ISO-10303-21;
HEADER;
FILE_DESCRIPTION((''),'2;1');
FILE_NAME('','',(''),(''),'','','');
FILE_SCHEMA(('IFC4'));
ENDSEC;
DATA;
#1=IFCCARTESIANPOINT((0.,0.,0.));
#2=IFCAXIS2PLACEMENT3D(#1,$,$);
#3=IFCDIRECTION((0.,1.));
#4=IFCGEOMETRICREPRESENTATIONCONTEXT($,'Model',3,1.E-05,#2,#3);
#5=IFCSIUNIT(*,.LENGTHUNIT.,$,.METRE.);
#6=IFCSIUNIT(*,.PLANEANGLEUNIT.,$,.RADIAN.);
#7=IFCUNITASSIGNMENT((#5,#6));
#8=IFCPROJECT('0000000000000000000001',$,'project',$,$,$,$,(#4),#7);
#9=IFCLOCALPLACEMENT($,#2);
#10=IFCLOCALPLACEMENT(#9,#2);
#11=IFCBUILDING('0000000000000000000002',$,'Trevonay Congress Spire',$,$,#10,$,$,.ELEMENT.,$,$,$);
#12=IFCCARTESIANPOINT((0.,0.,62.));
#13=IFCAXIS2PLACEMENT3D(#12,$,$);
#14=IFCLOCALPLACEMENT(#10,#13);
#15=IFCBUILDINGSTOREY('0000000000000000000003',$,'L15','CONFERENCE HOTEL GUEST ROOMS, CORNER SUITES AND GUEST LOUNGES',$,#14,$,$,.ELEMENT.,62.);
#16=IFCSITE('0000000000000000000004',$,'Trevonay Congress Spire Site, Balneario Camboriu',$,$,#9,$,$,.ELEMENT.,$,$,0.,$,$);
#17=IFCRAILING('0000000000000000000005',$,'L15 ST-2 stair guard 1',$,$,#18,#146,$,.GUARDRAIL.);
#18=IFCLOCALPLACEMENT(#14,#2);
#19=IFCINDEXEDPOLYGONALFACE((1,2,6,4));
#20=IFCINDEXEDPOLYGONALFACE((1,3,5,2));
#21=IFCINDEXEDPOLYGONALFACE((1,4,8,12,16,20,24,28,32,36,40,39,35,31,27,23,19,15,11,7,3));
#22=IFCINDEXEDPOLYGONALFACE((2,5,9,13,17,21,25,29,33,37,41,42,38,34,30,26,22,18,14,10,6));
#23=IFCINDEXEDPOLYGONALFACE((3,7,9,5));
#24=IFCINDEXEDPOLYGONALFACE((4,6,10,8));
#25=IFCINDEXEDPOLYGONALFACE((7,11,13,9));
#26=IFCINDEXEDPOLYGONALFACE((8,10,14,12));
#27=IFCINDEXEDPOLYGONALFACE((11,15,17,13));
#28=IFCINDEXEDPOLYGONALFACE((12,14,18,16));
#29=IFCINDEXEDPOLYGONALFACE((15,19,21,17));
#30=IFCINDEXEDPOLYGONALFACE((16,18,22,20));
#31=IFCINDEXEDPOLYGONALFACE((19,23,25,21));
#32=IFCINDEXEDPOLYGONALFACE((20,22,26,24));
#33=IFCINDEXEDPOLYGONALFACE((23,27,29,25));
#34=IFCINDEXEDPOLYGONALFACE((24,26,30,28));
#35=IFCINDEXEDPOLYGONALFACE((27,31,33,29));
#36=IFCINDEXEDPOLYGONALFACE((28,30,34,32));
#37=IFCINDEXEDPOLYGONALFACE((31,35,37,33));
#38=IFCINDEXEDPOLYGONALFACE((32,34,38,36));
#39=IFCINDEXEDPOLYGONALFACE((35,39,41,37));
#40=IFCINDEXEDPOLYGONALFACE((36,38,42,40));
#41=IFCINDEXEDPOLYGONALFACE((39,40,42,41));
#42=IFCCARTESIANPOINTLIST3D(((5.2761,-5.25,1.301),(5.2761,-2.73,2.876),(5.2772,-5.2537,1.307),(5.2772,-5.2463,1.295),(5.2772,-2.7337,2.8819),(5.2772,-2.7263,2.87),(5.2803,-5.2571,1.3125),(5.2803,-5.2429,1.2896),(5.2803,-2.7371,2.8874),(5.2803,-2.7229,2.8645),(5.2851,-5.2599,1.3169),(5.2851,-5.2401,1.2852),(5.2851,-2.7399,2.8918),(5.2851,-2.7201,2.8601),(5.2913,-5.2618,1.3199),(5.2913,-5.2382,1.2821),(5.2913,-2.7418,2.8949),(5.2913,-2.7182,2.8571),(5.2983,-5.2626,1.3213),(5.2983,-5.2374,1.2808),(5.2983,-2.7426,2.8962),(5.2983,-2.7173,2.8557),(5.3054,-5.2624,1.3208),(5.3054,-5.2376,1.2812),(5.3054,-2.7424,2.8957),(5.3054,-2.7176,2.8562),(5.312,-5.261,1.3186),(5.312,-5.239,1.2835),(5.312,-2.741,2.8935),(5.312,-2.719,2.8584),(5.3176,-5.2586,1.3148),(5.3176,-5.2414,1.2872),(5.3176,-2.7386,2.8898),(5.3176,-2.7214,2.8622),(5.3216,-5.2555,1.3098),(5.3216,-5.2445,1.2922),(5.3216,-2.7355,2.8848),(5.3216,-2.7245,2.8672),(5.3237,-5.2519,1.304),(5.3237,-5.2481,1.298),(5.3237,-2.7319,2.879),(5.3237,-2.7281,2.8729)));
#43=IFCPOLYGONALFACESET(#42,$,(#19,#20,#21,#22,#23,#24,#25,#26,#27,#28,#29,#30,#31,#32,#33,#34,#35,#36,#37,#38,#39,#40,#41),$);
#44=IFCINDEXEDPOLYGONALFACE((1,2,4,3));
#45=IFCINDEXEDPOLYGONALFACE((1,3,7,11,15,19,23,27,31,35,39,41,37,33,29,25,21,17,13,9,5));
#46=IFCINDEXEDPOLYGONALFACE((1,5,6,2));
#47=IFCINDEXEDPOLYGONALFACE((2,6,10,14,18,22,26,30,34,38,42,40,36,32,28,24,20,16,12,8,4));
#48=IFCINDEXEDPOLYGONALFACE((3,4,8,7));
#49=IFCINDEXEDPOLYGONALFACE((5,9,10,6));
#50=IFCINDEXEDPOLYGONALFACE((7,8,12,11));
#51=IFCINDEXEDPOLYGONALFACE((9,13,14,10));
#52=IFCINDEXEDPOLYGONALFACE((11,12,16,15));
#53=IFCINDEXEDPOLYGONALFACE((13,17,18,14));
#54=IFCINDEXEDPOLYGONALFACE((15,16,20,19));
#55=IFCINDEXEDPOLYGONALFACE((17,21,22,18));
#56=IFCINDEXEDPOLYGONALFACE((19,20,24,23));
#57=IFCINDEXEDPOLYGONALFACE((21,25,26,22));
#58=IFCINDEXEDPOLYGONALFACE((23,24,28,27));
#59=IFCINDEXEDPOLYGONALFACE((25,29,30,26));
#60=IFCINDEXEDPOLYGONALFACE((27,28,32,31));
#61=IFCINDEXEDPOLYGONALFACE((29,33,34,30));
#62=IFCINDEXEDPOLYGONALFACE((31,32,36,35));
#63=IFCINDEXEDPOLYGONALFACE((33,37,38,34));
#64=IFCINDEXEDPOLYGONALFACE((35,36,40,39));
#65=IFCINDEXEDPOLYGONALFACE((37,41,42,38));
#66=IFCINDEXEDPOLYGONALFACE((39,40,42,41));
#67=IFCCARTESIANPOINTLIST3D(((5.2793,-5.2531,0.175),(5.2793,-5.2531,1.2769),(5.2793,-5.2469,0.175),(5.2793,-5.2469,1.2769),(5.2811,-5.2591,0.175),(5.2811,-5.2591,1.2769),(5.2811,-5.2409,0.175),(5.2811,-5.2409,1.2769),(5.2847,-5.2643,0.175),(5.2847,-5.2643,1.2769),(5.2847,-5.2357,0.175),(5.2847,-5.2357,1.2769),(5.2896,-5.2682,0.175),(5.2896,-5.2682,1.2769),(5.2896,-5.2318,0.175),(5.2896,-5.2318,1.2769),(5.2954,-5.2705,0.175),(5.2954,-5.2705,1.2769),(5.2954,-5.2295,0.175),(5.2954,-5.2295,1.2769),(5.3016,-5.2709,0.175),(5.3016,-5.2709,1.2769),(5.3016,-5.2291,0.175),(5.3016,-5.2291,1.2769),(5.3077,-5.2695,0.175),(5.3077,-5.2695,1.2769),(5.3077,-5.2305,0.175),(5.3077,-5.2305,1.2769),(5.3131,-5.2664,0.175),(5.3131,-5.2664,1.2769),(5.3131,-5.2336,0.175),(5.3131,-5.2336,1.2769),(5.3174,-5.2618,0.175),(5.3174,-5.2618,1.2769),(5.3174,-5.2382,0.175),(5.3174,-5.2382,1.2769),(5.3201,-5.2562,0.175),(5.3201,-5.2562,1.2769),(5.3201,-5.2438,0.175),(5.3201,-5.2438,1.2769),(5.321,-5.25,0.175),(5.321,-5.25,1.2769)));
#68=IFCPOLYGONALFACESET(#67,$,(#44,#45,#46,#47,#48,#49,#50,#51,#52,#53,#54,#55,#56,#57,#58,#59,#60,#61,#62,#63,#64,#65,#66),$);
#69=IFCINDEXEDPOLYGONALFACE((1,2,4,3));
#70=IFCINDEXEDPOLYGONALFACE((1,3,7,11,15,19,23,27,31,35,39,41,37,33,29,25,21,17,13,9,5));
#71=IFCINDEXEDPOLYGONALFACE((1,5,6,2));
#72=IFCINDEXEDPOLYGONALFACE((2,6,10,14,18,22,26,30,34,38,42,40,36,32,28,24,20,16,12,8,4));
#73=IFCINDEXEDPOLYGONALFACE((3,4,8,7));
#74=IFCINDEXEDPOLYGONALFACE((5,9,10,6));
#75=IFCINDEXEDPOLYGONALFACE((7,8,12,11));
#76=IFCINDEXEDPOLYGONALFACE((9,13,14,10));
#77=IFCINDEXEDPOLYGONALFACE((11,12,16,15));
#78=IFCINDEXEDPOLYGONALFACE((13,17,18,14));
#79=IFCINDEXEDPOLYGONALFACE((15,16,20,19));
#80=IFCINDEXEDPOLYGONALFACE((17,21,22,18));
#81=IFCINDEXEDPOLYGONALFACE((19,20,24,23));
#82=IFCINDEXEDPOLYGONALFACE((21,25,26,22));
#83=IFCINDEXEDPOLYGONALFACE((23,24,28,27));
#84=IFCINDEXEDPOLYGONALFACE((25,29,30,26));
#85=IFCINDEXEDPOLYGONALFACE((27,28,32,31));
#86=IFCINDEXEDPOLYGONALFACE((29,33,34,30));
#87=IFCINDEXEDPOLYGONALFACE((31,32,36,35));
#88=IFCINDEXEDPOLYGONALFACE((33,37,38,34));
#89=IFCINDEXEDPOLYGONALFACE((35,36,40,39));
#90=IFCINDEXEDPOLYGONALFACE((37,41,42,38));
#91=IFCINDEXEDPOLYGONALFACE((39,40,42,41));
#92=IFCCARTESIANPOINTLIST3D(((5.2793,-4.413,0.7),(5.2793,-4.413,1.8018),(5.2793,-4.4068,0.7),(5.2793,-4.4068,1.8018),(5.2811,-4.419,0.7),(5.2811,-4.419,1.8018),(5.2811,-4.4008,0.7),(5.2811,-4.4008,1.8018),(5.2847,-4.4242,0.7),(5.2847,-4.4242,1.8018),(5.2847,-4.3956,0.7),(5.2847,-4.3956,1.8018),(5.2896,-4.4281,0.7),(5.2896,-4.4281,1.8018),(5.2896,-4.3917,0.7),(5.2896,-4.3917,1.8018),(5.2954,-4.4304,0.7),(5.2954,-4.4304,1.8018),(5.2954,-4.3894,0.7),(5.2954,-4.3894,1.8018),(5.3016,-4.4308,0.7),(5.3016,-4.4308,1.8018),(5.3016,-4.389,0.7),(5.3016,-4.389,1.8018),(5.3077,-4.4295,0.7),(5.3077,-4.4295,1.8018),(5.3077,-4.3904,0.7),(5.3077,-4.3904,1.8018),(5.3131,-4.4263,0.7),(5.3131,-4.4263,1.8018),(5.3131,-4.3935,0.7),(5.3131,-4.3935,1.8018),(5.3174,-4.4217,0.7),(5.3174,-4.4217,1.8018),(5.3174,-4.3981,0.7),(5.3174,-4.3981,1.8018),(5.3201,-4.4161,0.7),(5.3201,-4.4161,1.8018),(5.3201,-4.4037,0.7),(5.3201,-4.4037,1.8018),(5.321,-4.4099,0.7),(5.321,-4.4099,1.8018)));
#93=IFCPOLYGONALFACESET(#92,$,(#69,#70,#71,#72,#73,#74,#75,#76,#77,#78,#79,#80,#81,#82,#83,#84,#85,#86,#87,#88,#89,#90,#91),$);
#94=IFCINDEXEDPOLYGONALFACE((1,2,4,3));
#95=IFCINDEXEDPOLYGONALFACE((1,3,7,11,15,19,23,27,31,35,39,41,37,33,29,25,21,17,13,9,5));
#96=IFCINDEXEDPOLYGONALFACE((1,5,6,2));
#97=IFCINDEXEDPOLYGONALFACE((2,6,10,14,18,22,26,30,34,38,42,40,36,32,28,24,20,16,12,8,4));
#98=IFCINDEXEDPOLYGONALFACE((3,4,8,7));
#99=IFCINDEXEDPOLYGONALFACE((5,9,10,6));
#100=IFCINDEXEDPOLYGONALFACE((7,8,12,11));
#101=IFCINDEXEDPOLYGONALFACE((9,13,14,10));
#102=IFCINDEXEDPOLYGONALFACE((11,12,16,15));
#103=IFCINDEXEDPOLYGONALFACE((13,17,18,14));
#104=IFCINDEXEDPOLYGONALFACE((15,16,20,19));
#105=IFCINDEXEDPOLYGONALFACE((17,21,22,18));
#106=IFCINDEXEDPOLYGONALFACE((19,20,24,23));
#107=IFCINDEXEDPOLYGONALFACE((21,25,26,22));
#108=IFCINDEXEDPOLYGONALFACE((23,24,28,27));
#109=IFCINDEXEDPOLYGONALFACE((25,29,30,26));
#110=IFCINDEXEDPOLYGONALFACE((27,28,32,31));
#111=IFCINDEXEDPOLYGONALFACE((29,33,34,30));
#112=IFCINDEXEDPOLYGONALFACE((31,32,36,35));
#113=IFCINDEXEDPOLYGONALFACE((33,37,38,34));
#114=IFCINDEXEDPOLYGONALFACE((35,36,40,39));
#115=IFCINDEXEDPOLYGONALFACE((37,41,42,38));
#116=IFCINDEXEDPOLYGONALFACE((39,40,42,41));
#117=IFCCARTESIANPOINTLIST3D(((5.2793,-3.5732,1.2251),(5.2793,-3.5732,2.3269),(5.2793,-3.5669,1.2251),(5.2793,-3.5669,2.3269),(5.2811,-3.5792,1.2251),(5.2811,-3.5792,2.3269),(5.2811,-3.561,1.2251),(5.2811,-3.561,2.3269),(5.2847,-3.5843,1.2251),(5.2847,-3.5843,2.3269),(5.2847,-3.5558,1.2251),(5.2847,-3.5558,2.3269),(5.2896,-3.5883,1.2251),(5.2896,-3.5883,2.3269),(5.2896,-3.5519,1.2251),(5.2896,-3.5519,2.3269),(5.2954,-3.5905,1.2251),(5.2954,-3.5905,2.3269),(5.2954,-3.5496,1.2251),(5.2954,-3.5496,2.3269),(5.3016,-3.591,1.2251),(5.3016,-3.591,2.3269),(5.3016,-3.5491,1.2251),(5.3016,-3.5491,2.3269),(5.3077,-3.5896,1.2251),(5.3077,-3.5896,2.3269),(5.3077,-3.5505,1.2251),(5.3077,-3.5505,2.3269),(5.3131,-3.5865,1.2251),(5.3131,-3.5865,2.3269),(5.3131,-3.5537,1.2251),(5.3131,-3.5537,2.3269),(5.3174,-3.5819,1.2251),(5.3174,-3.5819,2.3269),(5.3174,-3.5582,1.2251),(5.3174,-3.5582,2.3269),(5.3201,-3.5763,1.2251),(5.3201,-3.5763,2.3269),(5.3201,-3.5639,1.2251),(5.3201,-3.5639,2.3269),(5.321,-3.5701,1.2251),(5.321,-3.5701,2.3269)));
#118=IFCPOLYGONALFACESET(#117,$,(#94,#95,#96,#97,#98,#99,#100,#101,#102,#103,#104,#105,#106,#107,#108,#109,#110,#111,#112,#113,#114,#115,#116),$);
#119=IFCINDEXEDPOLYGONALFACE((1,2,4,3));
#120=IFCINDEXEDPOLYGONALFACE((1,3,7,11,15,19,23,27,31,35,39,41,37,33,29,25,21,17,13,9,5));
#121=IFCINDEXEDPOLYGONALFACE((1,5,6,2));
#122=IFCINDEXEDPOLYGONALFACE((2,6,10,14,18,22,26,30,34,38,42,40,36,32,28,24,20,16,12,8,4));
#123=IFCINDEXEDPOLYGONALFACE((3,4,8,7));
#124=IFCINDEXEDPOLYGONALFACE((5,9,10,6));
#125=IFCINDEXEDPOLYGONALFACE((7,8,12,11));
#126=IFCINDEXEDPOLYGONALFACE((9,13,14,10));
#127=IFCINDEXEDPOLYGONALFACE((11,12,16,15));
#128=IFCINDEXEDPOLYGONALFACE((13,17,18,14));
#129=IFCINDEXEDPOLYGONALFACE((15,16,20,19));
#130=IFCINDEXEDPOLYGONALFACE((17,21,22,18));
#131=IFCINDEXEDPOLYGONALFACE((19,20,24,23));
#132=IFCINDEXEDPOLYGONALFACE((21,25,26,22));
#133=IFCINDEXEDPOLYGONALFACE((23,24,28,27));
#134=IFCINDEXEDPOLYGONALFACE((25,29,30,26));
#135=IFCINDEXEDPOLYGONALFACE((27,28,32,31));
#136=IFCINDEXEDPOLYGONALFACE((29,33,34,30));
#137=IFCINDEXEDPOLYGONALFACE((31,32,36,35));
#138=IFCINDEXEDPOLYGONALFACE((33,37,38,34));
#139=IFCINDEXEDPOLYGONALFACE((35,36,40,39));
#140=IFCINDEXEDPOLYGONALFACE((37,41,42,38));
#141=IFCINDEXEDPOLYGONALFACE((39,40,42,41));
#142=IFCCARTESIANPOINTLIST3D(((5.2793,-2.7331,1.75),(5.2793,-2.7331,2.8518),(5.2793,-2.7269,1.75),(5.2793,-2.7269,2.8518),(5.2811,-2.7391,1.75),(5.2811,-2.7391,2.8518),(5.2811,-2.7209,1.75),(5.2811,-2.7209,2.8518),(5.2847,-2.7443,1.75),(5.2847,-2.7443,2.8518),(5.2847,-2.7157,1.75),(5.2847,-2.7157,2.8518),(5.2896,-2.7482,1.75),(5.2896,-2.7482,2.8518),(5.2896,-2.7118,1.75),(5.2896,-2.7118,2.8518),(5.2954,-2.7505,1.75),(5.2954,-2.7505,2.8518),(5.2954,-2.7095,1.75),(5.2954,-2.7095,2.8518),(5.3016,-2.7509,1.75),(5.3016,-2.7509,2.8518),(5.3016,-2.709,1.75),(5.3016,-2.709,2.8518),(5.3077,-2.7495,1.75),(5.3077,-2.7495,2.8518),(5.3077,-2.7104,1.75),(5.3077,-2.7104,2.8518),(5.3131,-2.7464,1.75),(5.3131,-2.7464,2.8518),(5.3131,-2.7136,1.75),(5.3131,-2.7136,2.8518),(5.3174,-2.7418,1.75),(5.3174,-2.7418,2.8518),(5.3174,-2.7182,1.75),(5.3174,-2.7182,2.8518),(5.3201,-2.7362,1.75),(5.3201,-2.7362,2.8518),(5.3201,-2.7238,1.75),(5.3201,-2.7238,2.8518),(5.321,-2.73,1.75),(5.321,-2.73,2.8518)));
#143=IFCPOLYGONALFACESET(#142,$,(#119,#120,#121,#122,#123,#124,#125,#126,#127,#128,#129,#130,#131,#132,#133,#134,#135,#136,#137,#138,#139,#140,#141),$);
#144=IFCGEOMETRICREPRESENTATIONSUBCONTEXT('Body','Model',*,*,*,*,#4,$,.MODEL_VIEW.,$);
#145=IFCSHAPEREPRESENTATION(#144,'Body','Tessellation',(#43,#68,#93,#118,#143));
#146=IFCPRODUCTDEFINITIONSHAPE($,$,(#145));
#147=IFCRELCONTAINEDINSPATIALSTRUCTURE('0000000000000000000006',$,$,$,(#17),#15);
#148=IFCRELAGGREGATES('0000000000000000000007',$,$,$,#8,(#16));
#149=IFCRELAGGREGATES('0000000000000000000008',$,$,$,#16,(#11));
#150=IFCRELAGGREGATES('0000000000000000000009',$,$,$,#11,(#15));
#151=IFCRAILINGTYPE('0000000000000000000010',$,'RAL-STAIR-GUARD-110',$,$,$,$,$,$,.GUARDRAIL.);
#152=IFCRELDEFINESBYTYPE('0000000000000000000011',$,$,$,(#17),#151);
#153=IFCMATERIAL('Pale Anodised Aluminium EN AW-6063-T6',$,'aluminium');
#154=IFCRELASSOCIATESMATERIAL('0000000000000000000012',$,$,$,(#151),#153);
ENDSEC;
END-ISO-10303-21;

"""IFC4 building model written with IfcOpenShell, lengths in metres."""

from ifc_helpers import new_model, si_unit, direction, frame, origin, origin_2d, place, context, subcontext, project, spatial, circle, extrude, material, type_object, element, save


model = new_model("IFC4")

# Units and contexts
model_context = context("Model", 3, precision=1e-05, world=origin(), true_north=direction((0.0, 1.0)))
body_context = subcontext(model_context, "Body", "Model", "MODEL_VIEW")
ifc_project = project(units=[si_unit("LENGTHUNIT", "METRE"), si_unit("PLANEANGLEUNIT", "RADIAN")], contexts=[model_context])

# Site, building, storey
site_placement = place(None, origin())
site = spatial("IfcSite", under=ifc_project, at=site_placement, Name="Trevonay Congress Spire Site, Balneario Camboriu", CompositionType="ELEMENT", RefElevation=0.0)
building_placement = place(site_placement, origin())
building = spatial("IfcBuilding", under=site, at=building_placement, Name="Trevonay Congress Spire", CompositionType="ELEMENT")
storey_placement = place(building_placement, frame((0.0, 0.0, 62.0)))
storey = spatial("IfcBuildingStorey", under=building, at=storey_placement, Name="L15", Description="CONFERENCE HOTEL GUEST ROOMS, CORNER SUITES AND GUEST LOUNGES", CompositionType="ELEMENT", Elevation=62.0)

# Shared definitions
ifc_material_1 = material(Name="Pale Anodised Aluminium EN AW-6063-T6", Category="aluminium")

# Railing
railing_type = type_object("IfcRailingType", Name="RAL-STAIR-GUARD-110", PredefinedType="GUARDRAIL", material=ifc_material_1)
railing_1_placement = place(storey_placement, frame((5.3, -5.25, 0.175)))
element("IfcRailing", 1, at=railing_1_placement, inside=storey, type_object=railing_type, Name="L15 ST-2 stair guard 1", PredefinedType="GUARDRAIL", context=body_context, shape_type="SweptSolid", body=[
    extrude(circle(Radius=0.0239, at=origin_2d()), frame((0.0, 0.0, 1.126), z_axis=(0.0, 0.848008, 0.529984), x_axis=(-1.0, 0.0, 0.0)), (0.0, 0.0, 1.0), 2.9717),
    extrude(circle(Radius=0.021, at=origin_2d()), origin(), (0.0, 0.0, 1.0), 1.1018),
    extrude(circle(Radius=0.021, at=origin_2d()), frame((0.0, 0.8401, 0.5249)), (0.0, 0.0, 1.0), 1.1018),
    extrude(circle(Radius=0.021, at=origin_2d()), frame((0.0, 1.6799, 1.05)), (0.0, 0.0, 1.0), 1.1018),
    extrude(circle(Radius=0.021, at=origin_2d()), frame((0.0, 2.52, 1.575)), (0.0, 0.0, 1.0), 1.1018),
])

save(model, "model.ifc")
